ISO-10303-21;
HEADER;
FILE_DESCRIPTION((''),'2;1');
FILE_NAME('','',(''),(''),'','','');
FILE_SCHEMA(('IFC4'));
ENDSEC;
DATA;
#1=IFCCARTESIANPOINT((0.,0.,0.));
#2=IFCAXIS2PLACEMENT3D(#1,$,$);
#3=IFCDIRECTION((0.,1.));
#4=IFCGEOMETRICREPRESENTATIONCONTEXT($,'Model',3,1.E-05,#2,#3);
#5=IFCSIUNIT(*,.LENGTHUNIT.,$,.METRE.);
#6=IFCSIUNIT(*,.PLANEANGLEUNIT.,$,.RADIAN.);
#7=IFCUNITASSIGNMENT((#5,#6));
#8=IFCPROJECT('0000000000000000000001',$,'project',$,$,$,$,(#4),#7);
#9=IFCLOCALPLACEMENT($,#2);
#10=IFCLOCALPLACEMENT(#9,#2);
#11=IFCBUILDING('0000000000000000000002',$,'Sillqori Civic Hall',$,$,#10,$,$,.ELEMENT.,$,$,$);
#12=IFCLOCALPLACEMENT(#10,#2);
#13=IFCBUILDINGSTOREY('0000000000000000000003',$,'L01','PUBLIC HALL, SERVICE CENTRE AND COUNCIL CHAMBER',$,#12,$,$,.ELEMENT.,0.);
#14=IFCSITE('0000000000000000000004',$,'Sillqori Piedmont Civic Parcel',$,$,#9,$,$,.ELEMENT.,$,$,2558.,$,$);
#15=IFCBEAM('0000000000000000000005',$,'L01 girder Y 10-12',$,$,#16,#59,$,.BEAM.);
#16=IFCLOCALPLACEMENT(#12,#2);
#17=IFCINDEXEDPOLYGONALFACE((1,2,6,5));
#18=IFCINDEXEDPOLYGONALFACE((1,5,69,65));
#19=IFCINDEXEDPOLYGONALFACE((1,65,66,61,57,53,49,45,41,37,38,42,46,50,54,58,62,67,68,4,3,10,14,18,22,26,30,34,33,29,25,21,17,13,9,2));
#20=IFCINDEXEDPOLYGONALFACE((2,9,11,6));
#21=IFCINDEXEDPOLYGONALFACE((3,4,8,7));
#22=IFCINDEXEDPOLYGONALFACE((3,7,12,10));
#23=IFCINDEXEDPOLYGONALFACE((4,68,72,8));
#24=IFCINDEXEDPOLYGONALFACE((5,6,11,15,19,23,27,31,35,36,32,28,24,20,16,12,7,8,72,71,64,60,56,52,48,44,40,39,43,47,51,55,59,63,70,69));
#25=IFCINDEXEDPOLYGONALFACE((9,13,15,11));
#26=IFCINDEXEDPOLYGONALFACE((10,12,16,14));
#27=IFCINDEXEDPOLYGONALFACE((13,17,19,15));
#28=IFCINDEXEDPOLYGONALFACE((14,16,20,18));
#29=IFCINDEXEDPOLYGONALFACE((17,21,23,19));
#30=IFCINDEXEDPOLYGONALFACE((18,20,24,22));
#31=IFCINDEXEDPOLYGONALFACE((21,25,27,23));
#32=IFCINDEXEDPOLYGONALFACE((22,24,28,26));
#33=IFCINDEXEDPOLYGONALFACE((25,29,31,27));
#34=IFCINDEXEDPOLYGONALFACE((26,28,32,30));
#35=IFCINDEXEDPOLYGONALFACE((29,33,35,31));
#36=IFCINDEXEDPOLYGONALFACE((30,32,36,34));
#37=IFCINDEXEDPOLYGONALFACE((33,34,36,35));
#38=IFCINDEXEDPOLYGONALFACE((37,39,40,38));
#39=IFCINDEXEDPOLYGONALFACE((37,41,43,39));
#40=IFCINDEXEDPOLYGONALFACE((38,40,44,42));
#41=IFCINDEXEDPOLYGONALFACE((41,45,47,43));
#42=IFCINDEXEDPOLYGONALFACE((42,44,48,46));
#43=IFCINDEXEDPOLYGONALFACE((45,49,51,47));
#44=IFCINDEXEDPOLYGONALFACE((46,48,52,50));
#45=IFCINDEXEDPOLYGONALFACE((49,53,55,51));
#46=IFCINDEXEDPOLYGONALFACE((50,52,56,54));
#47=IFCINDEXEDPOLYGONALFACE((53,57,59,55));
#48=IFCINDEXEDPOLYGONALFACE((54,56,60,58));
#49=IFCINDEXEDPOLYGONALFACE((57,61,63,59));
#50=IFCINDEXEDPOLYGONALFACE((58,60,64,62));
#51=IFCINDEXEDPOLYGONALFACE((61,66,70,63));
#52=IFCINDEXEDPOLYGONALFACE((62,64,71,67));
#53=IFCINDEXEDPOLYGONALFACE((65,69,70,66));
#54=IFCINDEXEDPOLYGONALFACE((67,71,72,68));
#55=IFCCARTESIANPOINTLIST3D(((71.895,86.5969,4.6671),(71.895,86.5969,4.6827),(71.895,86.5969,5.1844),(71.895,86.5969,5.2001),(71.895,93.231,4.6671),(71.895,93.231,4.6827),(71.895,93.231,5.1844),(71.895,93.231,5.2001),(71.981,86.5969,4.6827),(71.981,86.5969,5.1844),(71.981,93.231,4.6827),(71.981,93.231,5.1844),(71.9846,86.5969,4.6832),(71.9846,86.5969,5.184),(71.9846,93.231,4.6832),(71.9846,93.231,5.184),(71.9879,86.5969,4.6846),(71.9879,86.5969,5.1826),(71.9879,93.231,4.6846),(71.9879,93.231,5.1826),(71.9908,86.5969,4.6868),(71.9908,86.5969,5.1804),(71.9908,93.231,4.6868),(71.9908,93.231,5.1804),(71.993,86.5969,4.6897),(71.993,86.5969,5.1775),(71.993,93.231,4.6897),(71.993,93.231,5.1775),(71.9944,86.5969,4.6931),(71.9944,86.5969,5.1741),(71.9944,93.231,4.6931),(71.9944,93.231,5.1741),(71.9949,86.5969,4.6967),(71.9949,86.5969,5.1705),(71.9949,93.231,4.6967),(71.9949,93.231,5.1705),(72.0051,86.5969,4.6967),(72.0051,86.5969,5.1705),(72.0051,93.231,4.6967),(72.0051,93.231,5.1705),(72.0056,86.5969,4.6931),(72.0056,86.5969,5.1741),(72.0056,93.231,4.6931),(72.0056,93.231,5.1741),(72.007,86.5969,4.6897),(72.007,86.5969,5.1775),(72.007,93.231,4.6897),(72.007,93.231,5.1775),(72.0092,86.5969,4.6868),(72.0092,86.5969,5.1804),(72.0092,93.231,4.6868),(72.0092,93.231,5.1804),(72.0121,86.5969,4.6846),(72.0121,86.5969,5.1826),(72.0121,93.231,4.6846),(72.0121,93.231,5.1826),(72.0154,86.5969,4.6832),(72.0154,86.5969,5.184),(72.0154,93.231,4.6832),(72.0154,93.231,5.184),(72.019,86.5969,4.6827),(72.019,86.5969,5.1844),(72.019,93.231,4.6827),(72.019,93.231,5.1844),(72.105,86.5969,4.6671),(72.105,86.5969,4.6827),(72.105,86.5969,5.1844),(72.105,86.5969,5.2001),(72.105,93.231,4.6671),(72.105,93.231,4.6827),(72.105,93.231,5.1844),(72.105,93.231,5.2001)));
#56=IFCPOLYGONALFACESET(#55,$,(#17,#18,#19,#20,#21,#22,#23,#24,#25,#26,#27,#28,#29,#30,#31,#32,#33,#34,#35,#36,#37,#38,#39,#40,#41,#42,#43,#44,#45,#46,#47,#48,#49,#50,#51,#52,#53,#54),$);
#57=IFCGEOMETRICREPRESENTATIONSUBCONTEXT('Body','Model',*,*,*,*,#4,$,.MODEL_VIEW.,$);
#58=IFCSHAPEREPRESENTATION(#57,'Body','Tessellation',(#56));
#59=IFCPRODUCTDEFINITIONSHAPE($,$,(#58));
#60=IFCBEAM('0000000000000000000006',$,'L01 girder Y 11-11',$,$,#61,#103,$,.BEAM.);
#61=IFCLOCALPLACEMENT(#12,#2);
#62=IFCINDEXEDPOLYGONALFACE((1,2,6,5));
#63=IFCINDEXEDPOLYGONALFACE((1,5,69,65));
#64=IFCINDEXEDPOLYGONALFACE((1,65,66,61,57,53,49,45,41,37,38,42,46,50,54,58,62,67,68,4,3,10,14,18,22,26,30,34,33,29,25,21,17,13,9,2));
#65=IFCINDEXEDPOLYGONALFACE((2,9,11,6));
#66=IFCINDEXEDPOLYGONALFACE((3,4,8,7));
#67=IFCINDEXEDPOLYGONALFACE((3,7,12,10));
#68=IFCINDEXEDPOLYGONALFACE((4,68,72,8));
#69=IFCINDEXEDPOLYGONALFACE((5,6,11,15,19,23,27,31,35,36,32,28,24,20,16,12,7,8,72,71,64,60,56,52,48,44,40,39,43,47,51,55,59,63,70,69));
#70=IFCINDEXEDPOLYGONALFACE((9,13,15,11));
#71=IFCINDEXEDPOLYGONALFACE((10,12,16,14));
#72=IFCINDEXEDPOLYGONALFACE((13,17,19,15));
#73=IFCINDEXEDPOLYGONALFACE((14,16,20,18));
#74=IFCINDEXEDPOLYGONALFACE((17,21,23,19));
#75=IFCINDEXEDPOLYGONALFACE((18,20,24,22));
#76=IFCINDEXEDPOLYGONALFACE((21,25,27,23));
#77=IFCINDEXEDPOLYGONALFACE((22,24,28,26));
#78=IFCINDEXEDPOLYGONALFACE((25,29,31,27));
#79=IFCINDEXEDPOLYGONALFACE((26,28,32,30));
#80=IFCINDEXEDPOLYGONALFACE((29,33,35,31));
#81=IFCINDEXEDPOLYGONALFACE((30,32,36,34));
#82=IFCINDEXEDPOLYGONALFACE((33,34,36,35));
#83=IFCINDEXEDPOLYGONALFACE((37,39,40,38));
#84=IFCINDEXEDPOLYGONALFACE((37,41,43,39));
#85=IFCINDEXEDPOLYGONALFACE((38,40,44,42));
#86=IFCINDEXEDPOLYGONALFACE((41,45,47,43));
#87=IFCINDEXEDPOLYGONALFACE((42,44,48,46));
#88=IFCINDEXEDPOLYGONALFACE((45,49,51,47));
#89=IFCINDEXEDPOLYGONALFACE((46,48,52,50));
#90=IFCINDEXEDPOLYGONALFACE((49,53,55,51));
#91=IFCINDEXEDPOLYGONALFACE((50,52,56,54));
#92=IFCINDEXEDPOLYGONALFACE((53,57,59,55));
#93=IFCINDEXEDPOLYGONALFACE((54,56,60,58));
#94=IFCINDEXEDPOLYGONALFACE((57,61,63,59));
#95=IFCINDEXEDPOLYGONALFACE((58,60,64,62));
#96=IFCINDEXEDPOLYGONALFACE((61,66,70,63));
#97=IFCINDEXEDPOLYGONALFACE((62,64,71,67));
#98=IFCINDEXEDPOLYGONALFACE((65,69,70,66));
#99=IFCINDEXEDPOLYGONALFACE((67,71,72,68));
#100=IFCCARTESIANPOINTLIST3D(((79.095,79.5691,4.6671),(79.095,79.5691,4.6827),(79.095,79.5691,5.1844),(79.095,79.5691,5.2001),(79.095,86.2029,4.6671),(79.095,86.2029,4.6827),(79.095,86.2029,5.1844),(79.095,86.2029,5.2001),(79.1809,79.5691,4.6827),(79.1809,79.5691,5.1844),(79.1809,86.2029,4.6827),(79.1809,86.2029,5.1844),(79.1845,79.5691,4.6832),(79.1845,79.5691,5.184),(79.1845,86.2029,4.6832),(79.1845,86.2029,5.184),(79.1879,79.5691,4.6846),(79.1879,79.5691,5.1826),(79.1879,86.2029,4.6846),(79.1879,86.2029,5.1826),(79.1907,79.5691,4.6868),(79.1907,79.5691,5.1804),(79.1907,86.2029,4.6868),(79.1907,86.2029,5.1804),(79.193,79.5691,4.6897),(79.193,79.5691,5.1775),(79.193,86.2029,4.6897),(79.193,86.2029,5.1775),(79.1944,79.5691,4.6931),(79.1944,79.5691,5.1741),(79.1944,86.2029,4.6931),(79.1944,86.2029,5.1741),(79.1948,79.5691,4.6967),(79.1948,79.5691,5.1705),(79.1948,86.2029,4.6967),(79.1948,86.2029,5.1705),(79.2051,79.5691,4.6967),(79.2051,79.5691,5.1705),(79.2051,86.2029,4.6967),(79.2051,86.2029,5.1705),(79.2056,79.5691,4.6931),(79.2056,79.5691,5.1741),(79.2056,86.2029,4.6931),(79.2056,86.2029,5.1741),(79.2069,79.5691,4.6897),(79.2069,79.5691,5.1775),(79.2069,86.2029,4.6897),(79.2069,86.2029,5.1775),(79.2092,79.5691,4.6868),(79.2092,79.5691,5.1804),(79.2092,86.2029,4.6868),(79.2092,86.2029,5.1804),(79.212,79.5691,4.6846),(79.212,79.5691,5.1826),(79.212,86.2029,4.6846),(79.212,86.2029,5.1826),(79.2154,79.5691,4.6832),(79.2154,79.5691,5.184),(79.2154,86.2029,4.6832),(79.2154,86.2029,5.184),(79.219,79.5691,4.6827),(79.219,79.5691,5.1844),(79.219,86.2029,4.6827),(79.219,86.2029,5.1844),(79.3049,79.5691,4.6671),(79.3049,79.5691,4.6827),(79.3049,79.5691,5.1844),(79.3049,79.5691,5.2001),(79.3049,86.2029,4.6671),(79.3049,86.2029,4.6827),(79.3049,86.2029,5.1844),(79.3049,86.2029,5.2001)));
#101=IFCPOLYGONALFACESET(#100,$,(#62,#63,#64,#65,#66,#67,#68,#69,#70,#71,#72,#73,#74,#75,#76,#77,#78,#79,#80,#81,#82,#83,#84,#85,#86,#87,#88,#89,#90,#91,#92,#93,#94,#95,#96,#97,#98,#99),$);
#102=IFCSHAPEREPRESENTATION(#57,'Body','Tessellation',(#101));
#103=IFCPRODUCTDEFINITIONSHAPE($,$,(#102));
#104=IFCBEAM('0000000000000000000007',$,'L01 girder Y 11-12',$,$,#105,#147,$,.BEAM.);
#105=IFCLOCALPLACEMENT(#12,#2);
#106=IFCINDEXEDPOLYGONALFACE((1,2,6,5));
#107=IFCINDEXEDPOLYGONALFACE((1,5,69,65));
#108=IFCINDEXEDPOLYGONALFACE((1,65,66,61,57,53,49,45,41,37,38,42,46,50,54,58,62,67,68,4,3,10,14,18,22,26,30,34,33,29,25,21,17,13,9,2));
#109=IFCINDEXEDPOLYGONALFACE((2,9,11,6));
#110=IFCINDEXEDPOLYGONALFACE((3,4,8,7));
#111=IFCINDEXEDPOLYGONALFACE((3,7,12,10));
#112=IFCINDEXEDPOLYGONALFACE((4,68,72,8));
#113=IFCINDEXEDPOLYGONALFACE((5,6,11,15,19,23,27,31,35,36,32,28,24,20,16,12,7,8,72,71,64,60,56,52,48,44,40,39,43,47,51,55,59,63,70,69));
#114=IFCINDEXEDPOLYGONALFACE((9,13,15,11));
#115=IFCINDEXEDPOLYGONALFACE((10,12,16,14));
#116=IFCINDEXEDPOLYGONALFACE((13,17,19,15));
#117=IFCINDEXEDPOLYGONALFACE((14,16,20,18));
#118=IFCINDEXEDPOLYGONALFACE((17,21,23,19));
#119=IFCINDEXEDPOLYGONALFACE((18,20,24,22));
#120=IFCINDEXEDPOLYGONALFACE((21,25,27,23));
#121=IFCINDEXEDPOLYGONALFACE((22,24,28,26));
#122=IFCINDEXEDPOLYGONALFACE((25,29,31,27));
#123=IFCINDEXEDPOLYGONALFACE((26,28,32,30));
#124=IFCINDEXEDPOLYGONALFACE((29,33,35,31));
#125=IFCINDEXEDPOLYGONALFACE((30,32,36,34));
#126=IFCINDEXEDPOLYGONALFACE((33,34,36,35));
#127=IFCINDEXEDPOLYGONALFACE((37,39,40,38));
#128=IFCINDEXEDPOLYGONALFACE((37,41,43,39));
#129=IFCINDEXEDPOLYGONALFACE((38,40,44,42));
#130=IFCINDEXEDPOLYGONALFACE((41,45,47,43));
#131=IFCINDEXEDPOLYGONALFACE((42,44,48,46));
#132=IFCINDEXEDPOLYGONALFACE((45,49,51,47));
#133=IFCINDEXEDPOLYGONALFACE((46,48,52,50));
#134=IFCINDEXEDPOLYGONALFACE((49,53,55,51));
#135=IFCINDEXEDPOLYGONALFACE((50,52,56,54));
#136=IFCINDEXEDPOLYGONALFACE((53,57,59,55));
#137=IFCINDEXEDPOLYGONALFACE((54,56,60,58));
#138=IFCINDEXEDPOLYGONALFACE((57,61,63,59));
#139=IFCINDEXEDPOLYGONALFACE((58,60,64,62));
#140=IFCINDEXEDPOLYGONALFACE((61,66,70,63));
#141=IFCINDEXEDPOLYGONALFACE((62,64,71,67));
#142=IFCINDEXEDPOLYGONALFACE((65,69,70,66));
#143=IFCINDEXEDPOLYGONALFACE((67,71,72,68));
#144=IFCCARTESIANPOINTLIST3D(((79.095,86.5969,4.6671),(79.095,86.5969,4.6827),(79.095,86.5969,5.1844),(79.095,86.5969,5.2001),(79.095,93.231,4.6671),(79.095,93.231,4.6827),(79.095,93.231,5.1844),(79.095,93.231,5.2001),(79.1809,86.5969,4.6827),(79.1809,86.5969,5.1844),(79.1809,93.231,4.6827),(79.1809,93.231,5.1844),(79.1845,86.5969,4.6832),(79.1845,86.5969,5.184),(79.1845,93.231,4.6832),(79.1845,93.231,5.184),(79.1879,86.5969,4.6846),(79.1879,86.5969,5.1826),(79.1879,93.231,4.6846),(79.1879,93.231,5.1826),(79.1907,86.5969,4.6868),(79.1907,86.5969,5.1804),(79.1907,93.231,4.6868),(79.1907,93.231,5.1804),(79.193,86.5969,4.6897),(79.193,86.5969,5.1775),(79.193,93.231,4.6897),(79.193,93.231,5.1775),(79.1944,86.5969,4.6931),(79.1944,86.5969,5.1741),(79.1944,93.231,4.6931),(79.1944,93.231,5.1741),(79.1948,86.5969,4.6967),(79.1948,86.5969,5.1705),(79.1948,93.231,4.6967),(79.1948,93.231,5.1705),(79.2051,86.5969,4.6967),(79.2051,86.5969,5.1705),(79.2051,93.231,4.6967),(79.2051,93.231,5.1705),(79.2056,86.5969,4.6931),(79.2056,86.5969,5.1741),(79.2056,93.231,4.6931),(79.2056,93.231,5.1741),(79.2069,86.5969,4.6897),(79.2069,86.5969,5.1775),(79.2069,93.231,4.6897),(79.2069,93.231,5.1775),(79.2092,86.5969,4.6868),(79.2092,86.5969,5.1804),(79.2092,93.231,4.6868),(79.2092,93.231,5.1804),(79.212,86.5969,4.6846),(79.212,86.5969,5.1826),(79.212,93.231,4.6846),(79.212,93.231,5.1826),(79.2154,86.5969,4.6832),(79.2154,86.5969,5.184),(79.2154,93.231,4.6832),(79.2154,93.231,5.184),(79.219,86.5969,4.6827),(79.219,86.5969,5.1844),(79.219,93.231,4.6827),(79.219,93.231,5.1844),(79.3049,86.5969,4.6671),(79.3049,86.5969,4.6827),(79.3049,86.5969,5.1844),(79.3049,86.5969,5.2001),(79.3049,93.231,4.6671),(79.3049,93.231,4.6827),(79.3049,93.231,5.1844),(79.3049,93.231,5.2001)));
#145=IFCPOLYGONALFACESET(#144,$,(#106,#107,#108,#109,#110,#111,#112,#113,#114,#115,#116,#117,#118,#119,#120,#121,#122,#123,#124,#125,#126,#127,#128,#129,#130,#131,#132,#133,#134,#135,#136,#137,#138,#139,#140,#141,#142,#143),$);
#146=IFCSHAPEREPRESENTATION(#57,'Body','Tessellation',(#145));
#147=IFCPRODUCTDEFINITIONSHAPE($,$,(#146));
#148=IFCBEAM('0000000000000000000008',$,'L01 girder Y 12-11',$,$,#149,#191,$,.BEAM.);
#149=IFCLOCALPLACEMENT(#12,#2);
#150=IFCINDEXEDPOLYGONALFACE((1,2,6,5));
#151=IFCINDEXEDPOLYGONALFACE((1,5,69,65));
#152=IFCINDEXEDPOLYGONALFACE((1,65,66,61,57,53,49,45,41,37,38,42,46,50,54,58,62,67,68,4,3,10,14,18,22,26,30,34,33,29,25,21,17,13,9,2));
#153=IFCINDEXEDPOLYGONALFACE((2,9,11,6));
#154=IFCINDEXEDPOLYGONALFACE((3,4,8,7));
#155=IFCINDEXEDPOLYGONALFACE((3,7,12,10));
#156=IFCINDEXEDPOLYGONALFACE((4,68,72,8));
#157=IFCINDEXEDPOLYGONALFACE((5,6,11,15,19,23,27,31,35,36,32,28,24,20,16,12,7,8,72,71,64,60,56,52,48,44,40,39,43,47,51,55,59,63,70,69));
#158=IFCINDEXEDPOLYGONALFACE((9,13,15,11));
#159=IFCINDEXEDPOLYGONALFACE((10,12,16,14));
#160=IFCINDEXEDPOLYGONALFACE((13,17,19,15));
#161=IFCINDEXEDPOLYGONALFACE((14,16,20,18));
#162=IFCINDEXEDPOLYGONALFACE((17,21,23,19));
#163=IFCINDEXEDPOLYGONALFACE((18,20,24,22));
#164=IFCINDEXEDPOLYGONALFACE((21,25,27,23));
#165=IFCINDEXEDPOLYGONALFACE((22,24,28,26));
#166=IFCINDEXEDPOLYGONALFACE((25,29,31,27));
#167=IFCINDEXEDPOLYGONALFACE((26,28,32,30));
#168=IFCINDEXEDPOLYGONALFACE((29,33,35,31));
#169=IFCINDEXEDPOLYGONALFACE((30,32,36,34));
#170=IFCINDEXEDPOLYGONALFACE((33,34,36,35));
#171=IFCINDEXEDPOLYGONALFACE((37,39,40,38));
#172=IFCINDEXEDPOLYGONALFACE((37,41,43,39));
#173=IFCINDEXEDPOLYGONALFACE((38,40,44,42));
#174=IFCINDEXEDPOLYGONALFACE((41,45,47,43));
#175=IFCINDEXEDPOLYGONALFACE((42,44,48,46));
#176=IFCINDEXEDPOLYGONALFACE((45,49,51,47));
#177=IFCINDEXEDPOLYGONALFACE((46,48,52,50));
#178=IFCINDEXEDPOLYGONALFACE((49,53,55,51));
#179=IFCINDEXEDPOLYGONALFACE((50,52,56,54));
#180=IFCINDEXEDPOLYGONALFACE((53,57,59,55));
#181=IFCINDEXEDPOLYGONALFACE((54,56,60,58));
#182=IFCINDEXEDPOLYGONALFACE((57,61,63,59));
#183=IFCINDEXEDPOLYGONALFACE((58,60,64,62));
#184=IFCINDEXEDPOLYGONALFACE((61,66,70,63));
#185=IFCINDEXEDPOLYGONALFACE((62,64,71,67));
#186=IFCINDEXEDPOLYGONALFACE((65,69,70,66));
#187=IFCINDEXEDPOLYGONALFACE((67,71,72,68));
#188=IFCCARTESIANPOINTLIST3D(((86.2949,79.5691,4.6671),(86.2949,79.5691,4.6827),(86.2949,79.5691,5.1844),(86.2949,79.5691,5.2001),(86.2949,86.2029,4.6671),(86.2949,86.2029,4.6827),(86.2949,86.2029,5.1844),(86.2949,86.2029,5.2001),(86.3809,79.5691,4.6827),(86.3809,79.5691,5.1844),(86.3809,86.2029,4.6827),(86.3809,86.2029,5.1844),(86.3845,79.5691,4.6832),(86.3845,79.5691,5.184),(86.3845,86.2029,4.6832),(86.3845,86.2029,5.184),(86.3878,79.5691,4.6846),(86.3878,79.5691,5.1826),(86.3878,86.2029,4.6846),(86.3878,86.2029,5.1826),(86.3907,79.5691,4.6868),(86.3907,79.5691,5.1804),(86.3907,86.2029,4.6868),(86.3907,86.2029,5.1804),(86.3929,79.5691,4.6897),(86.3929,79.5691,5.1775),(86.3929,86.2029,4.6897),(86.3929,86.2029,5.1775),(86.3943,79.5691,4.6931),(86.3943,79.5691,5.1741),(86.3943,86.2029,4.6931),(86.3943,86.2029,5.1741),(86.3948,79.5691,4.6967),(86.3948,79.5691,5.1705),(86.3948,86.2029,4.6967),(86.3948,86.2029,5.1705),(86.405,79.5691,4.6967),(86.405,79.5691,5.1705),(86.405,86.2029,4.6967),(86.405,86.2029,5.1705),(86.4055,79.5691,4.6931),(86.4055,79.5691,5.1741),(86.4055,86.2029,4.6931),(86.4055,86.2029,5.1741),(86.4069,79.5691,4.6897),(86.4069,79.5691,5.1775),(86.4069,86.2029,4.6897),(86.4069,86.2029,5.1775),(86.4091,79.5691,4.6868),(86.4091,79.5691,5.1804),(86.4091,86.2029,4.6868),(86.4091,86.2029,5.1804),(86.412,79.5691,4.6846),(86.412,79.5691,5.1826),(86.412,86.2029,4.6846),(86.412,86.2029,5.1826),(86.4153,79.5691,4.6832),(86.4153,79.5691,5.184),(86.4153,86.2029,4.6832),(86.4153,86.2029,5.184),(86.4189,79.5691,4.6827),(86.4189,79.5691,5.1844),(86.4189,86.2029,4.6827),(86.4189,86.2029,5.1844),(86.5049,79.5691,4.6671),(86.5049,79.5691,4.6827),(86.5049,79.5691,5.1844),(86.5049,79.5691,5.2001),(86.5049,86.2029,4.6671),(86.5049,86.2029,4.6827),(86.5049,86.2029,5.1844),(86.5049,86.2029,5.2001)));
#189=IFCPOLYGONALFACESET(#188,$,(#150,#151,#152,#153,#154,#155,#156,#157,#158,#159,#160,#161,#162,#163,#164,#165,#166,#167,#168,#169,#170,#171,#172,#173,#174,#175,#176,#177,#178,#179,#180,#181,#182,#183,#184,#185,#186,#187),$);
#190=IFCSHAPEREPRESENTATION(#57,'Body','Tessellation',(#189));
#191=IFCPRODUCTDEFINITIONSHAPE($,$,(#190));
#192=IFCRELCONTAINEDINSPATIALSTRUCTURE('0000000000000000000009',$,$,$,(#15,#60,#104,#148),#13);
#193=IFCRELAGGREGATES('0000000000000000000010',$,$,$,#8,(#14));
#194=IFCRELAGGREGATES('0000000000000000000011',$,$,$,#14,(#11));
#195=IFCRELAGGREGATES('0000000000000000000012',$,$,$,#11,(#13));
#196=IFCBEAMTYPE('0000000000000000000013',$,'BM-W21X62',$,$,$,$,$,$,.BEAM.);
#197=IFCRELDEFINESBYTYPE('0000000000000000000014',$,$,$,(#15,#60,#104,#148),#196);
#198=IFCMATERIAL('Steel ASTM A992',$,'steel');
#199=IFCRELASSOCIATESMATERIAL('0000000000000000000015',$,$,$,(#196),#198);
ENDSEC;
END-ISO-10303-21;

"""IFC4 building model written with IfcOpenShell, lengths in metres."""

from ifc_helpers import new_model, si_unit, direction, frame, origin, origin_2d, place, context, subcontext, project, spatial, i_section, extrude, material, material_profile, profile_set, type_object, element, save


model = new_model("IFC4")

# Units and contexts
model_context = context("Model", 3, precision=1e-05, world=origin(), true_north=direction((0.0, 1.0)))
body_context = subcontext(model_context, "Body", "Model", "MODEL_VIEW")
ifc_project = project(units=[si_unit("LENGTHUNIT", "METRE"), si_unit("PLANEANGLEUNIT", "RADIAN")], contexts=[model_context])

# Site, building, storey
site_placement = place(None, origin())
site = spatial("IfcSite", under=ifc_project, at=site_placement, Name="Sillqori Piedmont Civic Parcel", CompositionType="ELEMENT", RefElevation=2558.0)
building_placement = place(site_placement, origin())
building = spatial("IfcBuilding", under=site, at=building_placement, Name="Sillqori Civic Hall", CompositionType="ELEMENT")
storey_placement = place(building_placement, origin())
storey = spatial("IfcBuildingStorey", under=building, at=storey_placement, Name="L01", Description="PUBLIC HALL, SERVICE CENTRE AND COUNCIL CHAMBER", CompositionType="ELEMENT", Elevation=0.0)

# Shared definitions
ifc_material_1 = material(Name="Steel ASTM A992", Category="steel")

# Beams
ifc_material_profile_1 = material_profile(ifc_material_1, i_section(OverallWidth=0.21, OverallDepth=0.533, WebThickness=0.0103, FlangeThickness=0.0156, FilletRadius=0.0139, at=origin_2d()), Name="W21X62")
ifc_profile_set_1 = profile_set([ifc_material_profile_1], Name="Steel ASTM A992")
beam_type_1 = type_object("IfcBeamType", Name="BM-W21X62", PredefinedType="BEAM", material=ifc_profile_set_1)
beam_1_placement = place(storey_placement, frame((72.0, 86.5969, 4.9336), z_axis=(0.0, 1.0, 0.0), x_axis=(-1.0, 0.0, 0.0)))
element("IfcBeam", 1, at=beam_1_placement, inside=storey, type_object=beam_type_1, Name="L01 girder Y 10-12", PredefinedType="BEAM", context=body_context, shape_type="SweptSolid", body=[
    extrude(i_section(OverallWidth=0.21, OverallDepth=0.533, WebThickness=0.0103, FlangeThickness=0.0156, FilletRadius=0.0139, at=origin_2d()), origin(), (0.0, 0.0, 1.0), 6.634),
])
beam_2_placement = place(storey_placement, frame((79.2, 79.5691, 4.9336), z_axis=(0.0, 1.0, 0.0), x_axis=(-1.0, 0.0, 0.0)))
element("IfcBeam", 2, at=beam_2_placement, inside=storey, type_object=beam_type_1, Name="L01 girder Y 11-11", PredefinedType="BEAM", context=body_context, shape_type="SweptSolid", body=[
    extrude(i_section(OverallWidth=0.21, OverallDepth=0.533, WebThickness=0.0103, FlangeThickness=0.0156, FilletRadius=0.0139, at=origin_2d()), origin(), (0.0, 0.0, 1.0), 6.6338),
])
beam_3_placement = place(storey_placement, frame((79.2, 86.5969, 4.9336), z_axis=(0.0, 1.0, 0.0), x_axis=(-1.0, 0.0, 0.0)))
element("IfcBeam", 3, at=beam_3_placement, inside=storey, type_object=beam_type_1, Name="L01 girder Y 11-12", PredefinedType="BEAM", context=body_context, shape_type="SweptSolid", body=[
    extrude(i_section(OverallWidth=0.21, OverallDepth=0.533, WebThickness=0.0103, FlangeThickness=0.0156, FilletRadius=0.0139, at=origin_2d()), origin(), (0.0, 0.0, 1.0), 6.634),
])
beam_4_placement = place(storey_placement, frame((86.3999, 79.5691, 4.9336), z_axis=(0.0, 1.0, 0.0), x_axis=(-1.0, 0.0, 0.0)))
element("IfcBeam", 4, at=beam_4_placement, inside=storey, type_object=beam_type_1, Name="L01 girder Y 12-11", PredefinedType="BEAM", context=body_context, shape_type="SweptSolid", body=[
    extrude(i_section(OverallWidth=0.21, OverallDepth=0.533, WebThickness=0.0103, FlangeThickness=0.0156, FilletRadius=0.0139, at=origin_2d()), origin(), (0.0, 0.0, 1.0), 6.6338),
])

save(model, "model.ifc")
